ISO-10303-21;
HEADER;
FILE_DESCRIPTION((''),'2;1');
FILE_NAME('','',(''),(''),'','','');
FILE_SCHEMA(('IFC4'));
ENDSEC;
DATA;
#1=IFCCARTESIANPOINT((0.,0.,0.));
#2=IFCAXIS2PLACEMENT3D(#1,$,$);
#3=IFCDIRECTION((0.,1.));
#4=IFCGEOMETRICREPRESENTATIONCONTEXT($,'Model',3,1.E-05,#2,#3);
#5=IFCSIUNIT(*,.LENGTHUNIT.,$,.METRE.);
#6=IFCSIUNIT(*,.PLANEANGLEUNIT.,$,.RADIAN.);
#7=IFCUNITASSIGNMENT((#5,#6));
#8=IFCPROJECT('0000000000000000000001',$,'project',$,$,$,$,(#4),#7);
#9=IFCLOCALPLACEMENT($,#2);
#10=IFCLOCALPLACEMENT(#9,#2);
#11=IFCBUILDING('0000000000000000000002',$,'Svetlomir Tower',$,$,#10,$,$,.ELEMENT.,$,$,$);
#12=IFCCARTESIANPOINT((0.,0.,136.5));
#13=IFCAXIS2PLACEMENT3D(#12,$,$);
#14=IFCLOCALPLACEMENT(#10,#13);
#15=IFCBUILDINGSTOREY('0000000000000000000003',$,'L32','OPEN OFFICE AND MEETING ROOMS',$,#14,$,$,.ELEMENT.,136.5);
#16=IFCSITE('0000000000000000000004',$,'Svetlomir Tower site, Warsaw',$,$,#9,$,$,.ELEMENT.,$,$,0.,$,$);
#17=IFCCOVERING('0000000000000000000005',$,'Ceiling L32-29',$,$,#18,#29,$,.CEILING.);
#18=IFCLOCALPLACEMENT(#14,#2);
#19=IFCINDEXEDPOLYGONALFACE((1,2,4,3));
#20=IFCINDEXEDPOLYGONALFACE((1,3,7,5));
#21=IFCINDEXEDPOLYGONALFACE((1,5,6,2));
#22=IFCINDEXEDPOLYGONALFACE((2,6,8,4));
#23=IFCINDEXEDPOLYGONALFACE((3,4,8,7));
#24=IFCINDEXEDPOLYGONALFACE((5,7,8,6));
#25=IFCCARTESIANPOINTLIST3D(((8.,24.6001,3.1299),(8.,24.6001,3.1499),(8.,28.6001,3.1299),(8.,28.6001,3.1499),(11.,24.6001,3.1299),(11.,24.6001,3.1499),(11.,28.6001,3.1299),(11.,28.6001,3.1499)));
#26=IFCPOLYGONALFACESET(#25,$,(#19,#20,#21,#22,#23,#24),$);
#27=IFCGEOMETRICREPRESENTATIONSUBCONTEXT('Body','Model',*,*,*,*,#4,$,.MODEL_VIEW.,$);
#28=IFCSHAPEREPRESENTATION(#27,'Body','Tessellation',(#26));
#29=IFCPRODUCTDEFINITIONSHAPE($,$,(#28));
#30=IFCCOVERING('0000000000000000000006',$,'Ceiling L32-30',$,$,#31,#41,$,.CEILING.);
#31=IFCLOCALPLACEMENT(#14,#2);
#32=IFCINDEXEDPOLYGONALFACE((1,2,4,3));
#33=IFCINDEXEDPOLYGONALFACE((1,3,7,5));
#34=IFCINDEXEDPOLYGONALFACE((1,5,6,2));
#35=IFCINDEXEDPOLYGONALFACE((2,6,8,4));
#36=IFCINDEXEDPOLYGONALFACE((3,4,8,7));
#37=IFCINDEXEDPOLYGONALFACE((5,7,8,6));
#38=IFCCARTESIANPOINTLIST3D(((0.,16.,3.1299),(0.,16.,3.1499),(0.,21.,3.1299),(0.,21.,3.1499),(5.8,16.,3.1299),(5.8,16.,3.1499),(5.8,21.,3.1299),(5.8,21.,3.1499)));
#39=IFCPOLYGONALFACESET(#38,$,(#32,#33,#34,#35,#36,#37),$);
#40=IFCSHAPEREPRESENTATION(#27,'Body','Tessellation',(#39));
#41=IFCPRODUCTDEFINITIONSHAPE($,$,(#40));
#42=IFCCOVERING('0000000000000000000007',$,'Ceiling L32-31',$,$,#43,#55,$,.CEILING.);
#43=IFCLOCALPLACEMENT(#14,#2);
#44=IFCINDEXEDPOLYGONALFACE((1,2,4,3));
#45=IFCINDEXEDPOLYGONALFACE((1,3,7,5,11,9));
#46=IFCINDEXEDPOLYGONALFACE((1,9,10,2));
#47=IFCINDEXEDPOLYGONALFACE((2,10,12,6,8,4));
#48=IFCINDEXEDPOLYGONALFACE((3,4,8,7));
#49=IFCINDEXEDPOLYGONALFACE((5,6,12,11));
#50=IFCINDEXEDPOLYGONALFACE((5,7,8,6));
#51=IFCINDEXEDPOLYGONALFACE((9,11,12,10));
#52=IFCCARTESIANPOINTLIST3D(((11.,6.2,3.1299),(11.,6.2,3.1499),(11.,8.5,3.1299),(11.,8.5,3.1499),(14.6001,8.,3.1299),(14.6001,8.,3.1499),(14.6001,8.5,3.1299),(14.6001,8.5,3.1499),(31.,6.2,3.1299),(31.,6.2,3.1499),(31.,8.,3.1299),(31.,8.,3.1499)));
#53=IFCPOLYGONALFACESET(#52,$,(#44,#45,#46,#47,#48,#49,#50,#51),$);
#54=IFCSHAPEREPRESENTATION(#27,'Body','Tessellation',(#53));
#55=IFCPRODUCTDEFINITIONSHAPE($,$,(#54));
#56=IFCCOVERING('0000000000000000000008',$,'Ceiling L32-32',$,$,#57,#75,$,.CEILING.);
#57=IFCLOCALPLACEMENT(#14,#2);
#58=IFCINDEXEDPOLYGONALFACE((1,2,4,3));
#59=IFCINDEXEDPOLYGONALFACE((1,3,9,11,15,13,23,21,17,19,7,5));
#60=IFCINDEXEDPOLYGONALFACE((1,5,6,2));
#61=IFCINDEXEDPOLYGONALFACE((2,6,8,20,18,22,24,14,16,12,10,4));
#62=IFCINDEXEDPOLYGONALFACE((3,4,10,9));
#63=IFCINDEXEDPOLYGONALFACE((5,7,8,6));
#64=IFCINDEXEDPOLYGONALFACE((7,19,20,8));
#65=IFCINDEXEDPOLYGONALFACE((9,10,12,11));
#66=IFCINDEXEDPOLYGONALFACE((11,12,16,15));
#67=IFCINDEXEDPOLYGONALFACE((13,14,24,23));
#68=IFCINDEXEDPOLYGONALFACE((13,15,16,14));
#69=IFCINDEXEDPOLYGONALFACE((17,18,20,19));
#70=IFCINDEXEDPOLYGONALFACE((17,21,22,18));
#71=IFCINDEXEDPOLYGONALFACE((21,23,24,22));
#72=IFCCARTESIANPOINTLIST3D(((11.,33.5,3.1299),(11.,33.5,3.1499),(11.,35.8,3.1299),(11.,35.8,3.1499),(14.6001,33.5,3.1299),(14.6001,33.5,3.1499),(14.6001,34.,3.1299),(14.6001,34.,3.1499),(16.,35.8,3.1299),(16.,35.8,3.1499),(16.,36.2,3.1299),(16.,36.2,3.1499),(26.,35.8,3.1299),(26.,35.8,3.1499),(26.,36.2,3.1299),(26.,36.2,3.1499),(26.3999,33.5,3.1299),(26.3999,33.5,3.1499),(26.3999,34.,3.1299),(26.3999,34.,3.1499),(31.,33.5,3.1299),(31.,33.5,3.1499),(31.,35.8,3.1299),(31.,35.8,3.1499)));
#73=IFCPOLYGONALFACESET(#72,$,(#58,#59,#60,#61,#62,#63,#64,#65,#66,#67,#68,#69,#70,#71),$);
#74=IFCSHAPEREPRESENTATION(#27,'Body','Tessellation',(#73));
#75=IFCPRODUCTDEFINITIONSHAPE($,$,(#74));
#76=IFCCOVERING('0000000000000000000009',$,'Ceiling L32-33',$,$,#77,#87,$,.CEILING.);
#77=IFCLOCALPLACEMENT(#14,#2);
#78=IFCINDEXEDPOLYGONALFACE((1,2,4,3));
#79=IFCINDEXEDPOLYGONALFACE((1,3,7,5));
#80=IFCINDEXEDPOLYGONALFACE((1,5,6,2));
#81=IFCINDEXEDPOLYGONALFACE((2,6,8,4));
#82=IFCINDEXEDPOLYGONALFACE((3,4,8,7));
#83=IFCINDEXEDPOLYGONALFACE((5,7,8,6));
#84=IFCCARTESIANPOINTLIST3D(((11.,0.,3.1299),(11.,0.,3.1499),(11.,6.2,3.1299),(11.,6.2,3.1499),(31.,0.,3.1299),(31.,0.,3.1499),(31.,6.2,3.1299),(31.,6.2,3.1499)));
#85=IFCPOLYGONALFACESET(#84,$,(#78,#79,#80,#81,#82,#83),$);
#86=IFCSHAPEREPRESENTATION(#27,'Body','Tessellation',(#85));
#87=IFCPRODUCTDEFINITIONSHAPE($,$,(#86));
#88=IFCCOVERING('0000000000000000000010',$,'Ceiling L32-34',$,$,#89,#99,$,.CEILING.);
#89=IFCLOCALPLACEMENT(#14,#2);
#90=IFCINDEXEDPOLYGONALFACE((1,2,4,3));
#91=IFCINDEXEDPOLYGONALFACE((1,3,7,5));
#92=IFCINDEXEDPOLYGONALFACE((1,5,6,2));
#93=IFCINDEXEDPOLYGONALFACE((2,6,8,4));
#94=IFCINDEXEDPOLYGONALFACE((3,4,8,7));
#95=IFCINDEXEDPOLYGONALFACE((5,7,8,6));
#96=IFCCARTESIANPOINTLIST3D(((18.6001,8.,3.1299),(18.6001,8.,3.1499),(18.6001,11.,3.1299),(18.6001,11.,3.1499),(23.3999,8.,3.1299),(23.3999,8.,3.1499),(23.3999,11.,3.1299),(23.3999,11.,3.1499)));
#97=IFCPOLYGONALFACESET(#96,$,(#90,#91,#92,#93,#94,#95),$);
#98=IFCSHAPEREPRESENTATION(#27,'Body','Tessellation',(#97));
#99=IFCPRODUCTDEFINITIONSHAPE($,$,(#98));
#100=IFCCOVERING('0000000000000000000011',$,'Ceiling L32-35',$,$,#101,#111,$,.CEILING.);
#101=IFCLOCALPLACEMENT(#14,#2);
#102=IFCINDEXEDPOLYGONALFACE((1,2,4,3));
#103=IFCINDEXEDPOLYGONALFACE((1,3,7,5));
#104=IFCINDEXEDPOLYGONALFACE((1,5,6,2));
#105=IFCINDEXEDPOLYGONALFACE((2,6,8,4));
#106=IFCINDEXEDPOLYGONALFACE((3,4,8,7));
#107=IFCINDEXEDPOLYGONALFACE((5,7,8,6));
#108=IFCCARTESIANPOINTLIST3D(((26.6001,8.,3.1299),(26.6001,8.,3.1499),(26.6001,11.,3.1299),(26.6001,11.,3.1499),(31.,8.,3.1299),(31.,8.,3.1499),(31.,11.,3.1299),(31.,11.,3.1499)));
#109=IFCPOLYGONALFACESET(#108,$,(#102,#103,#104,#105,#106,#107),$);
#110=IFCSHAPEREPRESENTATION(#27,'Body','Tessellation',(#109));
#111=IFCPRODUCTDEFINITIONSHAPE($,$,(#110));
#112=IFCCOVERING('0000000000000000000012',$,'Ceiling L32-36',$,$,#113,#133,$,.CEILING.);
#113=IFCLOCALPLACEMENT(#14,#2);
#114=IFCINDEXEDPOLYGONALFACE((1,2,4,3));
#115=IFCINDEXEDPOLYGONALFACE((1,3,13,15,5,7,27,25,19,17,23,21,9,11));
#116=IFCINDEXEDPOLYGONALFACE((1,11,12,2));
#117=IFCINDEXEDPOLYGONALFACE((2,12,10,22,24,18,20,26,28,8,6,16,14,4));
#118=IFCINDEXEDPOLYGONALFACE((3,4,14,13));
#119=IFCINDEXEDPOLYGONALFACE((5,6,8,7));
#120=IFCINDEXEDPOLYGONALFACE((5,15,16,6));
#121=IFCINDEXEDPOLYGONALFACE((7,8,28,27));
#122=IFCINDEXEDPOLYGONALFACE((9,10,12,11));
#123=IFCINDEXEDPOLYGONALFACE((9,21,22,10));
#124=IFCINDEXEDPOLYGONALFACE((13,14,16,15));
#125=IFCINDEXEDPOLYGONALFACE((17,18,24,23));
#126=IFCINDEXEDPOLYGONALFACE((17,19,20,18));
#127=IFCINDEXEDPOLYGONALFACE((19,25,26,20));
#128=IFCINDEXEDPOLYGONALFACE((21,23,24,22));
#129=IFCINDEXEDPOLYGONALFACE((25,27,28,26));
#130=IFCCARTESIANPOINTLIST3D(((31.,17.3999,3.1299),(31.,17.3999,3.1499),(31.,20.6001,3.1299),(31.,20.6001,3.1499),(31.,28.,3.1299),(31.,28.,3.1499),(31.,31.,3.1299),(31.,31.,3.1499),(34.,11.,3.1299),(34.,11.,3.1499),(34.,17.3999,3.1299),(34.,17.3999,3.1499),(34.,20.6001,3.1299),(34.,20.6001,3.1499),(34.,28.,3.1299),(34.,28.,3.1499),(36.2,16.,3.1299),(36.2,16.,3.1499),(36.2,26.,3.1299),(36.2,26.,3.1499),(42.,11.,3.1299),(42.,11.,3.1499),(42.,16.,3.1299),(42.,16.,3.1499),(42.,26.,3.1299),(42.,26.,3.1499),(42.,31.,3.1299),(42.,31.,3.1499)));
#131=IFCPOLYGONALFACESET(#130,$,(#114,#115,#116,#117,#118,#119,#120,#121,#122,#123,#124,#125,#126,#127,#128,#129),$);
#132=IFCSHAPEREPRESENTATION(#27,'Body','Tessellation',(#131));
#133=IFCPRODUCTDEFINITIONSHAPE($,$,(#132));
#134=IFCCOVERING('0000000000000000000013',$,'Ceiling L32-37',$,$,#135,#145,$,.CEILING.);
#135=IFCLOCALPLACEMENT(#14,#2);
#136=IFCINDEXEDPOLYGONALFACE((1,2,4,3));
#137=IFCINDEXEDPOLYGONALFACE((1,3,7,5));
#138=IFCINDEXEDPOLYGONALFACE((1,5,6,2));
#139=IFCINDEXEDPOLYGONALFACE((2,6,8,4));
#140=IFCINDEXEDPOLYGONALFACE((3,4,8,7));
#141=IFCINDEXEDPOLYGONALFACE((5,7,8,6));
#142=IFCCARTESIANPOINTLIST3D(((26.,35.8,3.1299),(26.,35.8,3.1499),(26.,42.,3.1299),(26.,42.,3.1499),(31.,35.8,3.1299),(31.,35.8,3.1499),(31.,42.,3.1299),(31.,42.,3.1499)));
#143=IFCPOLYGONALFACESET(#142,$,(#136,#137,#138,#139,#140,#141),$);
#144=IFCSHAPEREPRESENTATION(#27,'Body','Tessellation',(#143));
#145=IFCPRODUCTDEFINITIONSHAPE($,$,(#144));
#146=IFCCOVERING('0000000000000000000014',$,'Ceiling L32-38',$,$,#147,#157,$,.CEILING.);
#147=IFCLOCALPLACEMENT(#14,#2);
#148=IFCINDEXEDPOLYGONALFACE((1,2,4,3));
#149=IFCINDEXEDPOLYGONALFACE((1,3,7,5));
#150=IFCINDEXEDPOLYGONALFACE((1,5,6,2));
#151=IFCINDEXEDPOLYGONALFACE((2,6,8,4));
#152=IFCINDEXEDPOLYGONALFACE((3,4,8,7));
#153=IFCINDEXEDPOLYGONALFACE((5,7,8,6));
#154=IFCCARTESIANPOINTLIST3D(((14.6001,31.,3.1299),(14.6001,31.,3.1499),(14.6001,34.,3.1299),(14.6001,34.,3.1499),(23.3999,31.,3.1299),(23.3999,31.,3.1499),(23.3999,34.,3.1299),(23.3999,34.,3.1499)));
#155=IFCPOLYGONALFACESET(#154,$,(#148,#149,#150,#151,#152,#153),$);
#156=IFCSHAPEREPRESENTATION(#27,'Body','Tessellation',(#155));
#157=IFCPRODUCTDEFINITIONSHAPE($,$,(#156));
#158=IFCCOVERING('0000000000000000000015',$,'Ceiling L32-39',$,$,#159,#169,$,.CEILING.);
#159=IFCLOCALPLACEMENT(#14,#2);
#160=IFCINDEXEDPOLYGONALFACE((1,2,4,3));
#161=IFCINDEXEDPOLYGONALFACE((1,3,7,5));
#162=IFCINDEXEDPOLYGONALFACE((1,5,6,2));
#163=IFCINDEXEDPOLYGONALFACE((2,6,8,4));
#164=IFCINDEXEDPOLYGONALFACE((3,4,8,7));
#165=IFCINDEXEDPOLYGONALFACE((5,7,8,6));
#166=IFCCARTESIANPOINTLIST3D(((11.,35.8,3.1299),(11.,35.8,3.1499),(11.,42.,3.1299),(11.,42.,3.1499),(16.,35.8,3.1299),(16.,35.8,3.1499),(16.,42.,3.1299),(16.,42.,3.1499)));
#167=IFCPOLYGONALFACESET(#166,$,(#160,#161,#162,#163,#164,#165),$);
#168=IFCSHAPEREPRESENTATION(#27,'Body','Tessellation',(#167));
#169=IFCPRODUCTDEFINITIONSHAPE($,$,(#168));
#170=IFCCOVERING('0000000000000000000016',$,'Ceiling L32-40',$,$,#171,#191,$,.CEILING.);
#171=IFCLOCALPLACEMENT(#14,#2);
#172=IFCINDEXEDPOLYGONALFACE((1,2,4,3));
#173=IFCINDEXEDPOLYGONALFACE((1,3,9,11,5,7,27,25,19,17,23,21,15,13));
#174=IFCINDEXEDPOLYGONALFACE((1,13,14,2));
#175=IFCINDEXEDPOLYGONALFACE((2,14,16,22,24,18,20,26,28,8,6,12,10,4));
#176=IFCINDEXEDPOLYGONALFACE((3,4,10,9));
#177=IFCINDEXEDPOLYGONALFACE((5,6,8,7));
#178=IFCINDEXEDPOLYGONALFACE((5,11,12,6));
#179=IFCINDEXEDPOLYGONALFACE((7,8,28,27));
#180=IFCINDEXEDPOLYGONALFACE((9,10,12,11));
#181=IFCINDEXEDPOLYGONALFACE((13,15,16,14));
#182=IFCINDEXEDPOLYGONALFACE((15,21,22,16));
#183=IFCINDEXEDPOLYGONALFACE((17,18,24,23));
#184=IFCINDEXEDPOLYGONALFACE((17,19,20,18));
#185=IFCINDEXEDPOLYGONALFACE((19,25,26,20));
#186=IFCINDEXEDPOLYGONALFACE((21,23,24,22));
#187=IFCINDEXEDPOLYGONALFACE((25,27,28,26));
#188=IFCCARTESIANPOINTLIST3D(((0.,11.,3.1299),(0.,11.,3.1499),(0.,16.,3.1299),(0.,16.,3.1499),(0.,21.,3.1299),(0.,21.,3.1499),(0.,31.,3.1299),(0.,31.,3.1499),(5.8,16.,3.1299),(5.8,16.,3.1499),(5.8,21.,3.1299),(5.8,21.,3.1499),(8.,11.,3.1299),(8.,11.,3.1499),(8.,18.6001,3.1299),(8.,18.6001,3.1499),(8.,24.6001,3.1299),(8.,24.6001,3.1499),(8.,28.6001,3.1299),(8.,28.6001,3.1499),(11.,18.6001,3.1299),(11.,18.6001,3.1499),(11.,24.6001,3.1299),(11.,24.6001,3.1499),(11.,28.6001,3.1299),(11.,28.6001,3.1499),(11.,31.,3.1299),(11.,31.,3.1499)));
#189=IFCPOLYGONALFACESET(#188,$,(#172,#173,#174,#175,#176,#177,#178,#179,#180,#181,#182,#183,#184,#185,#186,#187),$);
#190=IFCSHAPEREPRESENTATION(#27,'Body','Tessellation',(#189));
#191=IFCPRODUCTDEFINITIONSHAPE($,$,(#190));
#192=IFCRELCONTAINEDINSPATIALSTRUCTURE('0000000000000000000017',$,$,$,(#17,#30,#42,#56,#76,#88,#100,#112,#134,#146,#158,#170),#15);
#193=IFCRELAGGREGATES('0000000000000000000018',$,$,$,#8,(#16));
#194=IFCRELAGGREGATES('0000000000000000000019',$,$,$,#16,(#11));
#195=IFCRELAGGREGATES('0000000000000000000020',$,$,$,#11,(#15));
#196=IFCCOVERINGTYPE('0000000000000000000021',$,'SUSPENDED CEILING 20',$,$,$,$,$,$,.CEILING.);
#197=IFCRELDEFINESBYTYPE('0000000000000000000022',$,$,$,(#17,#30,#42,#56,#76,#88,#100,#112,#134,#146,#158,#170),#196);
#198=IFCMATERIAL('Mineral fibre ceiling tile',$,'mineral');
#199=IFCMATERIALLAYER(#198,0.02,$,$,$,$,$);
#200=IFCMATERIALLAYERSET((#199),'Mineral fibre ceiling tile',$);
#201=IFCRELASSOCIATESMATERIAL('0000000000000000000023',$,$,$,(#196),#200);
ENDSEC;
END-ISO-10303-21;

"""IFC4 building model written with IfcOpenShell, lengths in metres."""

from ifc_helpers import new_model, si_unit, direction, frame, origin, place, context, subcontext, project, spatial, polyline, outline, extrude, material, layer, layer_set, type_object, element, save


model = new_model("IFC4")

# Units and contexts
model_context = context("Model", 3, precision=1e-05, world=origin(), true_north=direction((0.0, 1.0)))
body_context = subcontext(model_context, "Body", "Model", "MODEL_VIEW")
ifc_project = project(units=[si_unit("LENGTHUNIT", "METRE"), si_unit("PLANEANGLEUNIT", "RADIAN")], contexts=[model_context])

# Site, building, storey
site_placement = place(None, origin())
site = spatial("IfcSite", under=ifc_project, at=site_placement, Name="Svetlomir Tower site, Warsaw", CompositionType="ELEMENT", RefElevation=0.0)
building_placement = place(site_placement, origin())
building = spatial("IfcBuilding", under=site, at=building_placement, Name="Svetlomir Tower", CompositionType="ELEMENT")
storey_placement = place(building_placement, frame((0.0, 0.0, 136.5)))
storey = spatial("IfcBuildingStorey", under=building, at=storey_placement, Name="L32", Description="OPEN OFFICE AND MEETING ROOMS", CompositionType="ELEMENT", Elevation=136.5)

# Coverings
ifc_material_1 = material(Name="Mineral fibre ceiling tile", Category="mineral")
ifc_layer_1 = layer(ifc_material_1, 0.02)
ifc_layer_set_1 = layer_set([ifc_layer_1], Name="Mineral fibre ceiling tile")
covering_type_1 = type_object("IfcCoveringType", Name="SUSPENDED CEILING 20", PredefinedType="CEILING", material=ifc_layer_set_1)
covering_1_placement = place(storey_placement, frame((0.0, 0.0, 3.1299)))
element("IfcCovering", 1, at=covering_1_placement, inside=storey, type_object=covering_type_1, Name="Ceiling L32-29", PredefinedType="CEILING", context=body_context, shape_type="SweptSolid", body=[
    extrude(outline(polyline([(8.0, 24.6001), (11.0, 24.6001), (11.0, 28.6001), (8.0, 28.6001), (8.0, 24.6001)])), origin(), (0.0, 0.0, 1.0), 0.02),
])
covering_2_placement = place(storey_placement, frame((0.0, 0.0, 3.1299)))
element("IfcCovering", 2, at=covering_2_placement, inside=storey, type_object=covering_type_1, Name="Ceiling L32-30", PredefinedType="CEILING", context=body_context, shape_type="SweptSolid", body=[
    extrude(outline(polyline([(0.0, 16.0), (5.8, 16.0), (5.8, 21.0), (0.0, 21.0), (0.0, 16.0)])), origin(), (0.0, 0.0, 1.0), 0.02),
])
covering_3_placement = place(storey_placement, frame((0.0, 0.0, 3.1299)))
element("IfcCovering", 3, at=covering_3_placement, inside=storey, type_object=covering_type_1, Name="Ceiling L32-31", PredefinedType="CEILING", context=body_context, shape_type="SweptSolid", body=[
    extrude(outline(polyline([(31.0, 8.0), (31.0, 6.2), (11.0, 6.2), (11.0, 8.5), (14.6001, 8.5), (14.6001, 8.0), (31.0, 8.0)])), origin(), (0.0, 0.0, 1.0), 0.02),
])
covering_4_placement = place(storey_placement, frame((0.0, 0.0, 3.1299)))
element("IfcCovering", 4, at=covering_4_placement, inside=storey, type_object=covering_type_1, Name="Ceiling L32-32", PredefinedType="CEILING", context=body_context, shape_type="SweptSolid", body=[
    extrude(outline(polyline([(14.6001, 33.5), (11.0, 33.5), (11.0, 35.8), (16.0, 35.8), (16.0, 36.2), (26.0, 36.2), (26.0, 35.8), (31.0, 35.8), (31.0, 33.5), (26.3999, 33.5), (26.3999, 34.0), (14.6001, 34.0), (14.6001, 33.5)])), origin(), (0.0, 0.0, 1.0), 0.02),
])
covering_5_placement = place(storey_placement, frame((0.0, 0.0, 3.1299)))
element("IfcCovering", 5, at=covering_5_placement, inside=storey, type_object=covering_type_1, Name="Ceiling L32-33", PredefinedType="CEILING", context=body_context, shape_type="SweptSolid", body=[
    extrude(outline(polyline([(11.0, 6.2), (31.0, 6.2), (31.0, 0.0), (11.0, 0.0), (11.0, 6.2)])), origin(), (0.0, 0.0, 1.0), 0.02),
])
covering_6_placement = place(storey_placement, frame((0.0, 0.0, 3.1299)))
element("IfcCovering", 6, at=covering_6_placement, inside=storey, type_object=covering_type_1, Name="Ceiling L32-34", PredefinedType="CEILING", context=body_context, shape_type="SweptSolid", body=[
    extrude(outline(polyline([(23.3999, 11.0), (23.3999, 8.0), (18.6001, 8.0), (18.6001, 11.0), (23.3999, 11.0)])), origin(), (0.0, 0.0, 1.0), 0.02),
])
covering_7_placement = place(storey_placement, frame((0.0, 0.0, 3.1299)))
element("IfcCovering", 7, at=covering_7_placement, inside=storey, type_object=covering_type_1, Name="Ceiling L32-35", PredefinedType="CEILING", context=body_context, shape_type="SweptSolid", body=[
    extrude(outline(polyline([(31.0, 11.0), (31.0, 8.0), (26.6001, 8.0), (26.6001, 11.0), (31.0, 11.0)])), origin(), (0.0, 0.0, 1.0), 0.02),
])
covering_8_placement = place(storey_placement, frame((0.0, 0.0, 3.1299)))
element("IfcCovering", 8, at=covering_8_placement, inside=storey, type_object=covering_type_1, Name="Ceiling L32-36", PredefinedType="CEILING", context=body_context, shape_type="SweptSolid", body=[
    extrude(outline(polyline([(34.0, 17.3999), (31.0, 17.3999), (31.0, 20.6001), (34.0, 20.6001), (34.0, 28.0), (31.0, 28.0), (31.0, 31.0), (42.0, 31.0), (42.0, 26.0), (36.2, 26.0), (36.2, 16.0), (42.0, 16.0), (42.0, 11.0), (34.0, 11.0), (34.0, 17.3999)])), origin(), (0.0, 0.0, 1.0), 0.02),
])
covering_9_placement = place(storey_placement, frame((0.0, 0.0, 3.1299)))
element("IfcCovering", 9, at=covering_9_placement, inside=storey, type_object=covering_type_1, Name="Ceiling L32-37", PredefinedType="CEILING", context=body_context, shape_type="SweptSolid", body=[
    extrude(outline(polyline([(26.0, 35.8), (26.0, 42.0), (31.0, 42.0), (31.0, 35.8), (26.0, 35.8)])), origin(), (0.0, 0.0, 1.0), 0.02),
])
covering_10_placement = place(storey_placement, frame((0.0, 0.0, 3.1299)))
element("IfcCovering", 10, at=covering_10_placement, inside=storey, type_object=covering_type_1, Name="Ceiling L32-38", PredefinedType="CEILING", context=body_context, shape_type="SweptSolid", body=[
    extrude(outline(polyline([(14.6001, 31.0), (14.6001, 34.0), (23.3999, 34.0), (23.3999, 31.0), (14.6001, 31.0)])), origin(), (0.0, 0.0, 1.0), 0.02),
])
covering_11_placement = place(storey_placement, frame((0.0, 0.0, 3.1299)))
element("IfcCovering", 11, at=covering_11_placement, inside=storey, type_object=covering_type_1, Name="Ceiling L32-39", PredefinedType="CEILING", context=body_context, shape_type="SweptSolid", body=[
    extrude(outline(polyline([(16.0, 42.0), (16.0, 35.8), (11.0, 35.8), (11.0, 42.0), (16.0, 42.0)])), origin(), (0.0, 0.0, 1.0), 0.02),
])
covering_12_placement = place(storey_placement, frame((0.0, 0.0, 3.1299)))
element("IfcCovering", 12, at=covering_12_placement, inside=storey, type_object=covering_type_1, Name="Ceiling L32-40", PredefinedType="CEILING", context=body_context, shape_type="SweptSolid", body=[
    extrude(outline(polyline([(11.0, 28.6001), (8.0, 28.6001), (8.0, 24.6001), (11.0, 24.6001), (11.0, 18.6001), (8.0, 18.6001), (8.0, 11.0), (0.0, 11.0), (0.0, 16.0), (5.8, 16.0), (5.8, 21.0), (0.0, 21.0), (0.0, 31.0), (11.0, 31.0), (11.0, 28.6001)])), origin(), (0.0, 0.0, 1.0), 0.02),
])

save(model, "model.ifc")
